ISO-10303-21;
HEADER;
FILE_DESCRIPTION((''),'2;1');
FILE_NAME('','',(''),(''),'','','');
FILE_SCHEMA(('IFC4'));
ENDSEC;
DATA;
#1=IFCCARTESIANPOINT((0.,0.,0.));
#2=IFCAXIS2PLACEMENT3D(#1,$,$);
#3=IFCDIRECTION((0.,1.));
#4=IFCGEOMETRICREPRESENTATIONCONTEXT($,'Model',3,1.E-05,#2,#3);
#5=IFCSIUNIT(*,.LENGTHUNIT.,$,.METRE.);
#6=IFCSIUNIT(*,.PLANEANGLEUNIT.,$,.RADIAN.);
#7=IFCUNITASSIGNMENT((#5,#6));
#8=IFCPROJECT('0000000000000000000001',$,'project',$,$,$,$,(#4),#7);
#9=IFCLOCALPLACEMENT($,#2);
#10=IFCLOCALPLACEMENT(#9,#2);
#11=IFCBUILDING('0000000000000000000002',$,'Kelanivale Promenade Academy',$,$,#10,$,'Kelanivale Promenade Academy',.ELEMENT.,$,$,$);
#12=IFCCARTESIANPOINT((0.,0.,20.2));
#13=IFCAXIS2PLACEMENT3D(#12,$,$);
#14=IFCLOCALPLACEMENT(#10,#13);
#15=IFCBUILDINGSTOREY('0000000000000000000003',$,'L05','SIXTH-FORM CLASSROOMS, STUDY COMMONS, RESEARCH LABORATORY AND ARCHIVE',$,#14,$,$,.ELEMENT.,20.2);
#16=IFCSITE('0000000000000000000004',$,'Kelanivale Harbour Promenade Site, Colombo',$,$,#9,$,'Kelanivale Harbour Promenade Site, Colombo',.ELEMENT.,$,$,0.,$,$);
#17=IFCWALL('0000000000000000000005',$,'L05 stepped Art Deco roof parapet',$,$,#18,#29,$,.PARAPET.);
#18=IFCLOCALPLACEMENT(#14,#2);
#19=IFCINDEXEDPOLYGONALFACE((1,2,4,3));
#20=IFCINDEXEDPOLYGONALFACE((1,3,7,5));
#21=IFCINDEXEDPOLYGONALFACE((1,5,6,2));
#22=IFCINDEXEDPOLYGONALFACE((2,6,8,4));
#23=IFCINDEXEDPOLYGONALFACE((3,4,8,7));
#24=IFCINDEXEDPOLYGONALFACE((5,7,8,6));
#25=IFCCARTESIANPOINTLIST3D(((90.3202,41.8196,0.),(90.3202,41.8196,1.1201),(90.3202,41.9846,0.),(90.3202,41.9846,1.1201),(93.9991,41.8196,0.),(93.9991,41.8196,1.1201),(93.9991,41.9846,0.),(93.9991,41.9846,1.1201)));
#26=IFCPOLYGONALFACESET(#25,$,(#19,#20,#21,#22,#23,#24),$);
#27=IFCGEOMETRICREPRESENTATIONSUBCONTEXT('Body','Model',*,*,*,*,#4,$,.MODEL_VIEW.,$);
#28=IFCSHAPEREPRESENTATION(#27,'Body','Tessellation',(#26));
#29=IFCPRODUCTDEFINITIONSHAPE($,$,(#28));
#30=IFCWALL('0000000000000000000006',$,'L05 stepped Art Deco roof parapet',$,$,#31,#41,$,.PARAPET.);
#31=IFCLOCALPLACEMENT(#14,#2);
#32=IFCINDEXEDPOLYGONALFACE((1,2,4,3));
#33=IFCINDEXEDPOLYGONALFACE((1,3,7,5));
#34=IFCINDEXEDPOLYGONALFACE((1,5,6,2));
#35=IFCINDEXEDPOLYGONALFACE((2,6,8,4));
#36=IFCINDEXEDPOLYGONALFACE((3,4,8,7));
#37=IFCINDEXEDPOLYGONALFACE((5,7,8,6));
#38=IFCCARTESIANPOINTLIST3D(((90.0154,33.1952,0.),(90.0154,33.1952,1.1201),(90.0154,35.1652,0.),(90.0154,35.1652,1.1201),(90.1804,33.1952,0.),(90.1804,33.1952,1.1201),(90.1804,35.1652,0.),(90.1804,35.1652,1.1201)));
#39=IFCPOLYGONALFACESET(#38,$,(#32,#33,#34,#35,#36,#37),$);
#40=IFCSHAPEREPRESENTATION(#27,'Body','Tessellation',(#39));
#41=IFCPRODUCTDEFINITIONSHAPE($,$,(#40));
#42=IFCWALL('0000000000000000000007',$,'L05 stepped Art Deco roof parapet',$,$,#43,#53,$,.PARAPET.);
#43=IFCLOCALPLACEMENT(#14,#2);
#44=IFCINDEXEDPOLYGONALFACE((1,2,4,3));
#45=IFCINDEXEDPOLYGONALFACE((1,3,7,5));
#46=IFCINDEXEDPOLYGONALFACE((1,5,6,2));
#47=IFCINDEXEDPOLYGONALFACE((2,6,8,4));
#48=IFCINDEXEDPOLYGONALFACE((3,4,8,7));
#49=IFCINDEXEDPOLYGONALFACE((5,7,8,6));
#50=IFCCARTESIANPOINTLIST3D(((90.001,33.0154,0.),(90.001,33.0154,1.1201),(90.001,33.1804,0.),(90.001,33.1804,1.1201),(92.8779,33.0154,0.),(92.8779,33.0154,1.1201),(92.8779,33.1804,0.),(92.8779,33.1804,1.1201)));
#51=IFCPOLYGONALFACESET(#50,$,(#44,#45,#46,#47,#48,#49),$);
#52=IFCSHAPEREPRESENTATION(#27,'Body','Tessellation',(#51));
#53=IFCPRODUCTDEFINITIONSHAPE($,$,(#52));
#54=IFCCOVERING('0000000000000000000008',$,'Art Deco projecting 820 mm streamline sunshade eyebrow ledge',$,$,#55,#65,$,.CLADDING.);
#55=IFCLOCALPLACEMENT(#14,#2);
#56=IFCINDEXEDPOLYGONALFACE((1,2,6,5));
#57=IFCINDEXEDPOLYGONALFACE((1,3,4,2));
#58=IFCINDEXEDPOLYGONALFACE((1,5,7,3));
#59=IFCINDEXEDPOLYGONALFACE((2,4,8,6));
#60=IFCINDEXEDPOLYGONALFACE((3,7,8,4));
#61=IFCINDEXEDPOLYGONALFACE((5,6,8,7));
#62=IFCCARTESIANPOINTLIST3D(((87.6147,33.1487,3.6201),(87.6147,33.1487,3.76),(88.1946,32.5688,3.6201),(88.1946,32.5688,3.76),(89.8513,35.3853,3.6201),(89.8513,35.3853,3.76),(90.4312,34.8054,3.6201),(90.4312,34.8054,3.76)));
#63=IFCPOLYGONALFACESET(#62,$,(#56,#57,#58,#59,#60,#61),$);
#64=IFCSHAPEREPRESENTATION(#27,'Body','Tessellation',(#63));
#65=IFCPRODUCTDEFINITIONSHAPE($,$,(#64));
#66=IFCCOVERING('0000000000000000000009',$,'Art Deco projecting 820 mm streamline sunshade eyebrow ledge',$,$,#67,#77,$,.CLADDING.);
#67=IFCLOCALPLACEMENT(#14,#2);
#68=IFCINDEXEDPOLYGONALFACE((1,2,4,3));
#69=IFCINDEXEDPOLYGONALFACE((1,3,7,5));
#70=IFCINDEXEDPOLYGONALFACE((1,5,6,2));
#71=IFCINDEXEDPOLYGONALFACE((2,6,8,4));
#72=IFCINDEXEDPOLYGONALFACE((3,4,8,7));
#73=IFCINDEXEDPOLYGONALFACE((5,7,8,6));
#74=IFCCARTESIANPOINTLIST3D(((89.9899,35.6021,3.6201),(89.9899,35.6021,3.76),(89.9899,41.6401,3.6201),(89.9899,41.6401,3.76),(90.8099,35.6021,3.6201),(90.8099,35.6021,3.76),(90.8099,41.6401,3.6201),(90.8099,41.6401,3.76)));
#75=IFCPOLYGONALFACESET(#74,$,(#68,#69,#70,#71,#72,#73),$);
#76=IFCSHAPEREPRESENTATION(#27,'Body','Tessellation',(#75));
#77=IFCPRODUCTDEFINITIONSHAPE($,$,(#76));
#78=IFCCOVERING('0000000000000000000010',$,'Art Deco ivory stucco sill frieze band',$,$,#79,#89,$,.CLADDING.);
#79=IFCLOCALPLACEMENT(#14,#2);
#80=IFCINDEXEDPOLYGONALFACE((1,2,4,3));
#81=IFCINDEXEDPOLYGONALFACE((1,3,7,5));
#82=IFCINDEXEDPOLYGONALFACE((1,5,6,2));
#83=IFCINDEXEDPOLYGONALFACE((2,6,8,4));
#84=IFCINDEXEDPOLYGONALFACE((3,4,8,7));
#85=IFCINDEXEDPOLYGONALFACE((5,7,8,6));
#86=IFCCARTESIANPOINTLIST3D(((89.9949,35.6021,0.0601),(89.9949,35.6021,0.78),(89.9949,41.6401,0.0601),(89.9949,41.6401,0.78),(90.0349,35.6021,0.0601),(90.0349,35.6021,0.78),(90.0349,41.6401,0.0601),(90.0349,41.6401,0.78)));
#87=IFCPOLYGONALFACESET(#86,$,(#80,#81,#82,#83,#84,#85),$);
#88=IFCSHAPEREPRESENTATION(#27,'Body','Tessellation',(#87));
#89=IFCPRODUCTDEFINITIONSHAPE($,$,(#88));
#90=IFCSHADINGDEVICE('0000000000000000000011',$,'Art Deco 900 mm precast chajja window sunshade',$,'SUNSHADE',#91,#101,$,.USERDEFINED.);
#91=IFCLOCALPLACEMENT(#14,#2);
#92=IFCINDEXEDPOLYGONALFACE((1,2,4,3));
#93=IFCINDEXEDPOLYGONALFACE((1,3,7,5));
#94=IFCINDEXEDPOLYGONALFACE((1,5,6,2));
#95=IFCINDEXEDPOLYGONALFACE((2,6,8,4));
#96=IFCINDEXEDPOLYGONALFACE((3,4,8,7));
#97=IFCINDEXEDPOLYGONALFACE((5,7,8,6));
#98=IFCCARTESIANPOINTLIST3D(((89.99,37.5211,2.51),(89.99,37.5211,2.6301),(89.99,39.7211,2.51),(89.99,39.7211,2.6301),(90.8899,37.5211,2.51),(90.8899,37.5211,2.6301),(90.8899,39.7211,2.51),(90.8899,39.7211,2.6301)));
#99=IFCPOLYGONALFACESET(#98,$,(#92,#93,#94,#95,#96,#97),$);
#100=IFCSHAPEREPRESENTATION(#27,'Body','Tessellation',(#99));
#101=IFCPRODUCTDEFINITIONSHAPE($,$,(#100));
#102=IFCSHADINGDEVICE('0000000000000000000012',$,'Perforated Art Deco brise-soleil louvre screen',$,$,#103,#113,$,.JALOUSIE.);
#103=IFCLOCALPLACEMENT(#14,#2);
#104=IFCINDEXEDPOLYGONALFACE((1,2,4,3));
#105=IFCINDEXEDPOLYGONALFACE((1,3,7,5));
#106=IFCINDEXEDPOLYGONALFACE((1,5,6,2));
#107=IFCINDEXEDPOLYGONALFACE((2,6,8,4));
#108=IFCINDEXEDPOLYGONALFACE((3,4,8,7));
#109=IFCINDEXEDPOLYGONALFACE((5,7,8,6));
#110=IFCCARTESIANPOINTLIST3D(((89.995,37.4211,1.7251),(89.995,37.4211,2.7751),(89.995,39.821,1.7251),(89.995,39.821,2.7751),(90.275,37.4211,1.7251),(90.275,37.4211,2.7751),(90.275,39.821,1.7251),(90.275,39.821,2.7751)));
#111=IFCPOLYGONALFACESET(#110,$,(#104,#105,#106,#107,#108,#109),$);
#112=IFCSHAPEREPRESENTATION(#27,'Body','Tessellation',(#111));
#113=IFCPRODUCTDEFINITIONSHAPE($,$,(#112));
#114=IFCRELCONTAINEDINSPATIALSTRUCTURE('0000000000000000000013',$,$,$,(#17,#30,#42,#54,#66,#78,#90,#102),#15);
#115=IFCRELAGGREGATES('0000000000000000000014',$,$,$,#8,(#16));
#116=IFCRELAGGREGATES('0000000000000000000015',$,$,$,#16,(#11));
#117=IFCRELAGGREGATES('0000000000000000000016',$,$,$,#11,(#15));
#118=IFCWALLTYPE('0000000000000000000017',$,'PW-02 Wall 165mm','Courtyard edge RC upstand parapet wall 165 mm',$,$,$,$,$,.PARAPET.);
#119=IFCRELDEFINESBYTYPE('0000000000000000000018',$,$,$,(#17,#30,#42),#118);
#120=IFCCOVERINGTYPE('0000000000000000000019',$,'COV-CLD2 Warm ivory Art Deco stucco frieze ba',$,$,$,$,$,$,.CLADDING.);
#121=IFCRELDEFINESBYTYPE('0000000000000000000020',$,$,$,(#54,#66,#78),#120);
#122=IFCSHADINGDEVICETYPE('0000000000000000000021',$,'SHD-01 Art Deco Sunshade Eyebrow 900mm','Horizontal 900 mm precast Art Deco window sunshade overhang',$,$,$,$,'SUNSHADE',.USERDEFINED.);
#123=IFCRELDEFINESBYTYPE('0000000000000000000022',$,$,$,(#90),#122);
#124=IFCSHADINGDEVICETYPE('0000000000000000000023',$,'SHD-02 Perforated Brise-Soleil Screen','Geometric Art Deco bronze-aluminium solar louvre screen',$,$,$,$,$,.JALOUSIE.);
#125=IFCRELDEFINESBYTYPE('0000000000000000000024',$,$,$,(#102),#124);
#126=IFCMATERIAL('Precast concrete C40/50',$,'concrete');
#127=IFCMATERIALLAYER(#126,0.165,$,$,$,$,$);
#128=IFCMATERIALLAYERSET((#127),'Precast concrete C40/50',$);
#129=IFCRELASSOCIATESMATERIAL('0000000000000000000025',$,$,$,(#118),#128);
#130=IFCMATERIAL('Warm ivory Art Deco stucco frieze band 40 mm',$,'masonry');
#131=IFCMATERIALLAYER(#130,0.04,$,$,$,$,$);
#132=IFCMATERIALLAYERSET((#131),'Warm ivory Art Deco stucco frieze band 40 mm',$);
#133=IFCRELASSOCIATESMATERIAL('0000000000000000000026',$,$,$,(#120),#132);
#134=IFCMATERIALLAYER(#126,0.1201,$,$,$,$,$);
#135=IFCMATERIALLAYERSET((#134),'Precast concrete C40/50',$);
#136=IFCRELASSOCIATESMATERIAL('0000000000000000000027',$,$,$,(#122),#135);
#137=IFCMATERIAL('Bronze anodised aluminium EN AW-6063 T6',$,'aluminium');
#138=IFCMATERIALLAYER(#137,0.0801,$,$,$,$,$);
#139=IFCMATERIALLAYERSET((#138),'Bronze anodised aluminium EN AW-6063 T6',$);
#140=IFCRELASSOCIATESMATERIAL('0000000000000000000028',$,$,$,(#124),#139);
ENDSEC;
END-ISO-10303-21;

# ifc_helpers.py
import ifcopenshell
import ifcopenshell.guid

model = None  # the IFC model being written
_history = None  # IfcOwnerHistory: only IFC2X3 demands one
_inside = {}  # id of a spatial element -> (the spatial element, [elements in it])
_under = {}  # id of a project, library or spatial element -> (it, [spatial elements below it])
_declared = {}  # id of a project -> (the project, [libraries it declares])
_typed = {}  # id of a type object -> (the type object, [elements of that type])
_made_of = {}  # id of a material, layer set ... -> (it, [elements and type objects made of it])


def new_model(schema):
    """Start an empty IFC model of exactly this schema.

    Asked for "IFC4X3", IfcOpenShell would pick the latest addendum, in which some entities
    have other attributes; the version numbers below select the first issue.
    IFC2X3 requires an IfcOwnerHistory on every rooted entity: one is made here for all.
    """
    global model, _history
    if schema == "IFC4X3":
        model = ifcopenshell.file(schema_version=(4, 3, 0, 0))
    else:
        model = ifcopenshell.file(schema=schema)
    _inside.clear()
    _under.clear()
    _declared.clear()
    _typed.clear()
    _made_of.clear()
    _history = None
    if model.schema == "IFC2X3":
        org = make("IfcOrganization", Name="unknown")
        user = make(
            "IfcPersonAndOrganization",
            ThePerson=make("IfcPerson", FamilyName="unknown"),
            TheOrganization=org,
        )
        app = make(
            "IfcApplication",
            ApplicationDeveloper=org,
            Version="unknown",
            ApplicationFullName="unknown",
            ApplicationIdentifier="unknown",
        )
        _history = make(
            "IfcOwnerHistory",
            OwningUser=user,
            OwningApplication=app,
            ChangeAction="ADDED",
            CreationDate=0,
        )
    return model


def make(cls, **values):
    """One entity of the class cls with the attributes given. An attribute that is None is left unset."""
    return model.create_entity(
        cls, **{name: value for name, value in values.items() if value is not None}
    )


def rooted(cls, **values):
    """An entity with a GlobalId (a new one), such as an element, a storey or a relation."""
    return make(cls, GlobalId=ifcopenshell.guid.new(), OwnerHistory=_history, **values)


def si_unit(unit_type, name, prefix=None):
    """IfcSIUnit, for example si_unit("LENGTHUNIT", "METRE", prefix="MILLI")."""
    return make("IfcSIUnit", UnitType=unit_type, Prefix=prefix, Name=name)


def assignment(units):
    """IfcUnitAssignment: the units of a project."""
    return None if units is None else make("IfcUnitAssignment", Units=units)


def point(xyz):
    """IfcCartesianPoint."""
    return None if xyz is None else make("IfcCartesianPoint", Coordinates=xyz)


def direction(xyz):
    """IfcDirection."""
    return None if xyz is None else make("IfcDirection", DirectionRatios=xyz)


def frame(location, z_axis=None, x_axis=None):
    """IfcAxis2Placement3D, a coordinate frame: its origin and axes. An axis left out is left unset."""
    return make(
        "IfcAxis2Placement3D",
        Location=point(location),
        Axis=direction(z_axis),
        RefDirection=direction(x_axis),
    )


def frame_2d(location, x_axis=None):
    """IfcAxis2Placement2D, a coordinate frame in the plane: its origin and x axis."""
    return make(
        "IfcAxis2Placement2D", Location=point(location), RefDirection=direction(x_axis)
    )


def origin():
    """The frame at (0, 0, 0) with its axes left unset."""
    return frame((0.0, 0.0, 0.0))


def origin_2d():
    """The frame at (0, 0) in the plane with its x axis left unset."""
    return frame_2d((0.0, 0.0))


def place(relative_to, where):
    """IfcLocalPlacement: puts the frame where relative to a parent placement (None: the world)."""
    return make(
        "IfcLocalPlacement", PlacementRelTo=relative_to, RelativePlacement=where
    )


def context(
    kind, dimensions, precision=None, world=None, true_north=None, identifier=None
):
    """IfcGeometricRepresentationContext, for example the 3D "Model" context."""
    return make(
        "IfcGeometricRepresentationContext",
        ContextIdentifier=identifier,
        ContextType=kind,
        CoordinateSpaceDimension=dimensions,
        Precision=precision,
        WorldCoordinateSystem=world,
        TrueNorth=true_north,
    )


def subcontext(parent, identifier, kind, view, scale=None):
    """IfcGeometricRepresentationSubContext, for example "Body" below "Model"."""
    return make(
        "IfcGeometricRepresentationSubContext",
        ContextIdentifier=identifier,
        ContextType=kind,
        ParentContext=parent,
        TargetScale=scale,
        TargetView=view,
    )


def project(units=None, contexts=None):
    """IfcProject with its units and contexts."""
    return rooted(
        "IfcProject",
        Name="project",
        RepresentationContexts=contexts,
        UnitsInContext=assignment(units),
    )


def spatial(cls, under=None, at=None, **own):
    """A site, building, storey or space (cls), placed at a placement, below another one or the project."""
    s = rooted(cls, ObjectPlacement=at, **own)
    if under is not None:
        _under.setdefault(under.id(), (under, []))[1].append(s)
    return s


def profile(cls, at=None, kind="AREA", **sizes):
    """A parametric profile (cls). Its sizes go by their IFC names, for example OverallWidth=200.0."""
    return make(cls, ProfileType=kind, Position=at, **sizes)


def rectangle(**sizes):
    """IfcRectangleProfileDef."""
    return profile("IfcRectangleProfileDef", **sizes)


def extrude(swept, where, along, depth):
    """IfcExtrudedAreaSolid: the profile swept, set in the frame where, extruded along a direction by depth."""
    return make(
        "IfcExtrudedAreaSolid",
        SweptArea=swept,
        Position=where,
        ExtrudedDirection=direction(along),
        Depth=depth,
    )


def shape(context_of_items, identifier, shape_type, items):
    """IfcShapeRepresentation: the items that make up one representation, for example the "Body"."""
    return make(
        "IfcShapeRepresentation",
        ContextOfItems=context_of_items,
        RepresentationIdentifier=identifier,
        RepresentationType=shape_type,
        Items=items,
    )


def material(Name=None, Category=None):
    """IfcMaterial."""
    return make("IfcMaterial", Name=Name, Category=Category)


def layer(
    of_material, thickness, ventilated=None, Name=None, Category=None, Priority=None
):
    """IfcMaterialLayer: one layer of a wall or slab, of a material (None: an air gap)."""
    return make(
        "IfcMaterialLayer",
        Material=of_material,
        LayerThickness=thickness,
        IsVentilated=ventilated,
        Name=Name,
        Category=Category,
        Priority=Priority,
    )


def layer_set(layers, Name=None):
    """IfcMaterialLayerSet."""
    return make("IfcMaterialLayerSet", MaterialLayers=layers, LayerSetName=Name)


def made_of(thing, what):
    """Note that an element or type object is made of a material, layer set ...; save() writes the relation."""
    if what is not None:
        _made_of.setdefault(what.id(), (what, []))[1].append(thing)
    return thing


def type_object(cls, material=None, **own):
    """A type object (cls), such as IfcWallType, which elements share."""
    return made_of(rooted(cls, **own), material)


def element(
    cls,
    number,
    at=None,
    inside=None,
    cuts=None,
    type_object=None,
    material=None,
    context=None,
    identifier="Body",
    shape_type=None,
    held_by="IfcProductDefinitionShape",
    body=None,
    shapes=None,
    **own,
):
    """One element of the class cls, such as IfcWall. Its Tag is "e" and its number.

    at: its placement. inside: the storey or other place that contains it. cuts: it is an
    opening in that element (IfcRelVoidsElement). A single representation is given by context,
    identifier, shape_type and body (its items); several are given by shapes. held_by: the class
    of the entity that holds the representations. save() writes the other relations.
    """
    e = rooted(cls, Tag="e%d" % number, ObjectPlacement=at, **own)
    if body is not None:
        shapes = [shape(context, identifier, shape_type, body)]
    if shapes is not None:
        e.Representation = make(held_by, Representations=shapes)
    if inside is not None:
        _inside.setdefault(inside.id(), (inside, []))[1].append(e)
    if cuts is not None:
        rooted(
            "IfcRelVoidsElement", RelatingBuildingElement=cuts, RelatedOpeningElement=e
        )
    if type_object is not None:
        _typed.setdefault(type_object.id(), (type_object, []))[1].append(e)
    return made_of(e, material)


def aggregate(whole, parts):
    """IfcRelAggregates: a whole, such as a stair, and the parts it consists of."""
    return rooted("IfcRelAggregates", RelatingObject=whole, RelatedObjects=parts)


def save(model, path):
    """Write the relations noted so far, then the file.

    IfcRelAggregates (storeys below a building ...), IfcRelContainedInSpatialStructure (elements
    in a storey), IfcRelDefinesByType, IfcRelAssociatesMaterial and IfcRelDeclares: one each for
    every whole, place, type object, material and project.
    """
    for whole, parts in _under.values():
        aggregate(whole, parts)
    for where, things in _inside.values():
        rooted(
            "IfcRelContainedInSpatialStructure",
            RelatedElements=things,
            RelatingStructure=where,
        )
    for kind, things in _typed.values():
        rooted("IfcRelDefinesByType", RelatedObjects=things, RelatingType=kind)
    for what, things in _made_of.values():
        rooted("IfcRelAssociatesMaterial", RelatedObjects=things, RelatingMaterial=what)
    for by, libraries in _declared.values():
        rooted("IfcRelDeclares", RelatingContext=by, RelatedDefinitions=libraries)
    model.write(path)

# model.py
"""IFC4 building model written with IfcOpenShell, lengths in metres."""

from ifc_helpers import new_model, si_unit, direction, frame, frame_2d, origin, origin_2d, place, context, subcontext, project, spatial, rectangle, extrude, material, layer, layer_set, type_object, element, save


model = new_model("IFC4")

# Units and contexts
model_context = context("Model", 3, precision=1e-05, world=origin(), true_north=direction((0.0, 1.0)))
body_context = subcontext(model_context, "Body", "Model", "MODEL_VIEW")
ifc_project = project(units=[si_unit("LENGTHUNIT", "METRE"), si_unit("PLANEANGLEUNIT", "RADIAN")], contexts=[model_context])

# Site, building, storey
site_placement = place(None, origin())
site = spatial("IfcSite", under=ifc_project, at=site_placement, Name="Kelanivale Harbour Promenade Site, Colombo", LongName="Kelanivale Harbour Promenade Site, Colombo", CompositionType="ELEMENT", RefElevation=0.0)
building_placement = place(site_placement, origin())
building = spatial("IfcBuilding", under=site, at=building_placement, Name="Kelanivale Promenade Academy", LongName="Kelanivale Promenade Academy", CompositionType="ELEMENT")
storey_placement = place(building_placement, frame((0.0, 0.0, 20.2)))
storey = spatial("IfcBuildingStorey", under=building, at=storey_placement, Name="L05", Description="SIXTH-FORM CLASSROOMS, STUDY COMMONS, RESEARCH LABORATORY AND ARCHIVE", CompositionType="ELEMENT", Elevation=20.2)

# Walls
ifc_material_1 = material(Name="Precast concrete C40/50", Category="concrete")
ifc_layer_1 = layer(ifc_material_1, 0.165)
ifc_layer_set_1 = layer_set([ifc_layer_1], Name="Precast concrete C40/50")
wall_type_1 = type_object("IfcWallType", Name="PW-02 Wall 165mm", Description="Courtyard edge RC upstand parapet wall 165 mm", PredefinedType="PARAPET", material=ifc_layer_set_1)
wall_1_placement = place(storey_placement, frame((93.999, 41.9021, 0.0), z_axis=(0.0, 0.0, 1.0), x_axis=(-1.0, 0.0, 0.0)))
element("IfcWall", 1, at=wall_1_placement, inside=storey, type_object=wall_type_1, Name="L05 stepped Art Deco roof parapet", PredefinedType="PARAPET", context=body_context, shape_type="SweptSolid", body=[
    extrude(rectangle(XDim=3.679, YDim=0.165, at=frame_2d((1.8394, 0.0))), origin(), (0.0, 0.0, 1.0), 1.1201),
])
wall_2_placement = place(storey_placement, frame((90.0979, 35.165, 0.0), z_axis=(0.0, 0.0, 1.0), x_axis=(0.0, -1.0, 0.0)))
element("IfcWall", 2, at=wall_2_placement, inside=storey, type_object=wall_type_1, Name="L05 stepped Art Deco roof parapet", PredefinedType="PARAPET", context=body_context, shape_type="SweptSolid", body=[
    extrude(rectangle(XDim=1.97, YDim=0.165, at=frame_2d((0.9849, 0.0))), origin(), (0.0, 0.0, 1.0), 1.1201),
])
wall_3_placement = place(storey_placement, frame((90.001, 33.0979, 0.0), z_axis=(0.0, 0.0, 1.0), x_axis=(1.0, 0.0, 0.0)))
element("IfcWall", 3, at=wall_3_placement, inside=storey, type_object=wall_type_1, Name="L05 stepped Art Deco roof parapet", PredefinedType="PARAPET", context=body_context, shape_type="SweptSolid", body=[
    extrude(rectangle(XDim=2.877, YDim=0.165, at=frame_2d((1.4385, 0.0))), origin(), (0.0, 0.0, 1.0), 1.1201),
])

# Coverings
ifc_material_2 = material(Name="Warm ivory Art Deco stucco frieze band 40 mm", Category="masonry")
ifc_layer_2 = layer(ifc_material_2, 0.04)
ifc_layer_set_2 = layer_set([ifc_layer_2], Name="Warm ivory Art Deco stucco frieze band 40 mm")
covering_type = type_object("IfcCoveringType", Name="COV-CLD2 Warm ivory Art Deco stucco frieze ba", PredefinedType="CLADDING", material=ifc_layer_set_2)
covering_1_placement = place(storey_placement, frame((89.0229, 33.9771, 3.6201), z_axis=(0.0, 0.0, 1.0), x_axis=(0.707107, 0.707107, 0.0)))
element("IfcCovering", 4, at=covering_1_placement, inside=storey, type_object=covering_type, Name="Art Deco projecting 820 mm streamline sunshade eyebrow ledge", PredefinedType="CLADDING", context=body_context, shape_type="SweptSolid", body=[
    extrude(rectangle(XDim=3.1631, YDim=0.8201, at=origin_2d()), origin(), (0.0, 0.0, 1.0), 0.1399),
])
covering_2_placement = place(storey_placement, frame((90.3999, 38.6211, 3.6201), z_axis=(0.0, 0.0, 1.0), x_axis=(0.0, 1.0, 0.0)))
element("IfcCovering", 5, at=covering_2_placement, inside=storey, type_object=covering_type, Name="Art Deco projecting 820 mm streamline sunshade eyebrow ledge", PredefinedType="CLADDING", context=body_context, shape_type="SweptSolid", body=[
    extrude(rectangle(XDim=6.0381, YDim=0.8201, at=origin_2d()), origin(), (0.0, 0.0, 1.0), 0.1399),
])
covering_3_placement = place(storey_placement, frame((90.0149, 38.6211, 0.0601), z_axis=(0.0, 0.0, 1.0), x_axis=(0.0, 1.0, 0.0)))
element("IfcCovering", 6, at=covering_3_placement, inside=storey, type_object=covering_type, Name="Art Deco ivory stucco sill frieze band", PredefinedType="CLADDING", context=body_context, shape_type="SweptSolid", body=[
    extrude(rectangle(XDim=6.0381, YDim=0.04, at=origin_2d()), origin(), (0.0, 0.0, 1.0), 0.72),
])

# Shading devices
ifc_layer_3 = layer(ifc_material_1, 0.1201)
ifc_layer_set_3 = layer_set([ifc_layer_3], Name="Precast concrete C40/50")
shading_device_type_1 = type_object("IfcShadingDeviceType", Name="SHD-01 Art Deco Sunshade Eyebrow 900mm", Description="Horizontal 900 mm precast Art Deco window sunshade overhang", ElementType="SUNSHADE", PredefinedType="USERDEFINED", material=ifc_layer_set_3)
shading_device_1_placement = place(storey_placement, frame((90.4399, 38.6211, 2.51), z_axis=(0.0, 0.0, 1.0), x_axis=(0.0, 1.0, 0.0)))
element("IfcShadingDevice", 7, at=shading_device_1_placement, inside=storey, type_object=shading_device_type_1, Name="Art Deco 900 mm precast chajja window sunshade", ObjectType="SUNSHADE", PredefinedType="USERDEFINED", context=body_context, shape_type="SweptSolid", body=[
    extrude(rectangle(XDim=2.2, YDim=0.8999, at=origin_2d()), origin(), (0.0, 0.0, 1.0), 0.1201),
])
ifc_material_3 = material(Name="Bronze anodised aluminium EN AW-6063 T6", Category="aluminium")
ifc_layer_4 = layer(ifc_material_3, 0.0801)
ifc_layer_set_4 = layer_set([ifc_layer_4], Name="Bronze anodised aluminium EN AW-6063 T6")
shading_device_type_2 = type_object("IfcShadingDeviceType", Name="SHD-02 Perforated Brise-Soleil Screen", Description="Geometric Art Deco bronze-aluminium solar louvre screen", PredefinedType="JALOUSIE", material=ifc_layer_set_4)
shading_device_2_placement = place(storey_placement, frame((90.135, 38.6211, 1.7251), z_axis=(0.0, 0.0, 1.0), x_axis=(0.0, 1.0, 0.0)))
element("IfcShadingDevice", 8, at=shading_device_2_placement, inside=storey, type_object=shading_device_type_2, Name="Perforated Art Deco brise-soleil louvre screen", PredefinedType="JALOUSIE", context=body_context, shape_type="SweptSolid", body=[
    extrude(rectangle(XDim=2.3999, YDim=0.28, at=origin_2d()), origin(), (0.0, 0.0, 1.0), 1.05),
])

save(model, "model.ifc")
